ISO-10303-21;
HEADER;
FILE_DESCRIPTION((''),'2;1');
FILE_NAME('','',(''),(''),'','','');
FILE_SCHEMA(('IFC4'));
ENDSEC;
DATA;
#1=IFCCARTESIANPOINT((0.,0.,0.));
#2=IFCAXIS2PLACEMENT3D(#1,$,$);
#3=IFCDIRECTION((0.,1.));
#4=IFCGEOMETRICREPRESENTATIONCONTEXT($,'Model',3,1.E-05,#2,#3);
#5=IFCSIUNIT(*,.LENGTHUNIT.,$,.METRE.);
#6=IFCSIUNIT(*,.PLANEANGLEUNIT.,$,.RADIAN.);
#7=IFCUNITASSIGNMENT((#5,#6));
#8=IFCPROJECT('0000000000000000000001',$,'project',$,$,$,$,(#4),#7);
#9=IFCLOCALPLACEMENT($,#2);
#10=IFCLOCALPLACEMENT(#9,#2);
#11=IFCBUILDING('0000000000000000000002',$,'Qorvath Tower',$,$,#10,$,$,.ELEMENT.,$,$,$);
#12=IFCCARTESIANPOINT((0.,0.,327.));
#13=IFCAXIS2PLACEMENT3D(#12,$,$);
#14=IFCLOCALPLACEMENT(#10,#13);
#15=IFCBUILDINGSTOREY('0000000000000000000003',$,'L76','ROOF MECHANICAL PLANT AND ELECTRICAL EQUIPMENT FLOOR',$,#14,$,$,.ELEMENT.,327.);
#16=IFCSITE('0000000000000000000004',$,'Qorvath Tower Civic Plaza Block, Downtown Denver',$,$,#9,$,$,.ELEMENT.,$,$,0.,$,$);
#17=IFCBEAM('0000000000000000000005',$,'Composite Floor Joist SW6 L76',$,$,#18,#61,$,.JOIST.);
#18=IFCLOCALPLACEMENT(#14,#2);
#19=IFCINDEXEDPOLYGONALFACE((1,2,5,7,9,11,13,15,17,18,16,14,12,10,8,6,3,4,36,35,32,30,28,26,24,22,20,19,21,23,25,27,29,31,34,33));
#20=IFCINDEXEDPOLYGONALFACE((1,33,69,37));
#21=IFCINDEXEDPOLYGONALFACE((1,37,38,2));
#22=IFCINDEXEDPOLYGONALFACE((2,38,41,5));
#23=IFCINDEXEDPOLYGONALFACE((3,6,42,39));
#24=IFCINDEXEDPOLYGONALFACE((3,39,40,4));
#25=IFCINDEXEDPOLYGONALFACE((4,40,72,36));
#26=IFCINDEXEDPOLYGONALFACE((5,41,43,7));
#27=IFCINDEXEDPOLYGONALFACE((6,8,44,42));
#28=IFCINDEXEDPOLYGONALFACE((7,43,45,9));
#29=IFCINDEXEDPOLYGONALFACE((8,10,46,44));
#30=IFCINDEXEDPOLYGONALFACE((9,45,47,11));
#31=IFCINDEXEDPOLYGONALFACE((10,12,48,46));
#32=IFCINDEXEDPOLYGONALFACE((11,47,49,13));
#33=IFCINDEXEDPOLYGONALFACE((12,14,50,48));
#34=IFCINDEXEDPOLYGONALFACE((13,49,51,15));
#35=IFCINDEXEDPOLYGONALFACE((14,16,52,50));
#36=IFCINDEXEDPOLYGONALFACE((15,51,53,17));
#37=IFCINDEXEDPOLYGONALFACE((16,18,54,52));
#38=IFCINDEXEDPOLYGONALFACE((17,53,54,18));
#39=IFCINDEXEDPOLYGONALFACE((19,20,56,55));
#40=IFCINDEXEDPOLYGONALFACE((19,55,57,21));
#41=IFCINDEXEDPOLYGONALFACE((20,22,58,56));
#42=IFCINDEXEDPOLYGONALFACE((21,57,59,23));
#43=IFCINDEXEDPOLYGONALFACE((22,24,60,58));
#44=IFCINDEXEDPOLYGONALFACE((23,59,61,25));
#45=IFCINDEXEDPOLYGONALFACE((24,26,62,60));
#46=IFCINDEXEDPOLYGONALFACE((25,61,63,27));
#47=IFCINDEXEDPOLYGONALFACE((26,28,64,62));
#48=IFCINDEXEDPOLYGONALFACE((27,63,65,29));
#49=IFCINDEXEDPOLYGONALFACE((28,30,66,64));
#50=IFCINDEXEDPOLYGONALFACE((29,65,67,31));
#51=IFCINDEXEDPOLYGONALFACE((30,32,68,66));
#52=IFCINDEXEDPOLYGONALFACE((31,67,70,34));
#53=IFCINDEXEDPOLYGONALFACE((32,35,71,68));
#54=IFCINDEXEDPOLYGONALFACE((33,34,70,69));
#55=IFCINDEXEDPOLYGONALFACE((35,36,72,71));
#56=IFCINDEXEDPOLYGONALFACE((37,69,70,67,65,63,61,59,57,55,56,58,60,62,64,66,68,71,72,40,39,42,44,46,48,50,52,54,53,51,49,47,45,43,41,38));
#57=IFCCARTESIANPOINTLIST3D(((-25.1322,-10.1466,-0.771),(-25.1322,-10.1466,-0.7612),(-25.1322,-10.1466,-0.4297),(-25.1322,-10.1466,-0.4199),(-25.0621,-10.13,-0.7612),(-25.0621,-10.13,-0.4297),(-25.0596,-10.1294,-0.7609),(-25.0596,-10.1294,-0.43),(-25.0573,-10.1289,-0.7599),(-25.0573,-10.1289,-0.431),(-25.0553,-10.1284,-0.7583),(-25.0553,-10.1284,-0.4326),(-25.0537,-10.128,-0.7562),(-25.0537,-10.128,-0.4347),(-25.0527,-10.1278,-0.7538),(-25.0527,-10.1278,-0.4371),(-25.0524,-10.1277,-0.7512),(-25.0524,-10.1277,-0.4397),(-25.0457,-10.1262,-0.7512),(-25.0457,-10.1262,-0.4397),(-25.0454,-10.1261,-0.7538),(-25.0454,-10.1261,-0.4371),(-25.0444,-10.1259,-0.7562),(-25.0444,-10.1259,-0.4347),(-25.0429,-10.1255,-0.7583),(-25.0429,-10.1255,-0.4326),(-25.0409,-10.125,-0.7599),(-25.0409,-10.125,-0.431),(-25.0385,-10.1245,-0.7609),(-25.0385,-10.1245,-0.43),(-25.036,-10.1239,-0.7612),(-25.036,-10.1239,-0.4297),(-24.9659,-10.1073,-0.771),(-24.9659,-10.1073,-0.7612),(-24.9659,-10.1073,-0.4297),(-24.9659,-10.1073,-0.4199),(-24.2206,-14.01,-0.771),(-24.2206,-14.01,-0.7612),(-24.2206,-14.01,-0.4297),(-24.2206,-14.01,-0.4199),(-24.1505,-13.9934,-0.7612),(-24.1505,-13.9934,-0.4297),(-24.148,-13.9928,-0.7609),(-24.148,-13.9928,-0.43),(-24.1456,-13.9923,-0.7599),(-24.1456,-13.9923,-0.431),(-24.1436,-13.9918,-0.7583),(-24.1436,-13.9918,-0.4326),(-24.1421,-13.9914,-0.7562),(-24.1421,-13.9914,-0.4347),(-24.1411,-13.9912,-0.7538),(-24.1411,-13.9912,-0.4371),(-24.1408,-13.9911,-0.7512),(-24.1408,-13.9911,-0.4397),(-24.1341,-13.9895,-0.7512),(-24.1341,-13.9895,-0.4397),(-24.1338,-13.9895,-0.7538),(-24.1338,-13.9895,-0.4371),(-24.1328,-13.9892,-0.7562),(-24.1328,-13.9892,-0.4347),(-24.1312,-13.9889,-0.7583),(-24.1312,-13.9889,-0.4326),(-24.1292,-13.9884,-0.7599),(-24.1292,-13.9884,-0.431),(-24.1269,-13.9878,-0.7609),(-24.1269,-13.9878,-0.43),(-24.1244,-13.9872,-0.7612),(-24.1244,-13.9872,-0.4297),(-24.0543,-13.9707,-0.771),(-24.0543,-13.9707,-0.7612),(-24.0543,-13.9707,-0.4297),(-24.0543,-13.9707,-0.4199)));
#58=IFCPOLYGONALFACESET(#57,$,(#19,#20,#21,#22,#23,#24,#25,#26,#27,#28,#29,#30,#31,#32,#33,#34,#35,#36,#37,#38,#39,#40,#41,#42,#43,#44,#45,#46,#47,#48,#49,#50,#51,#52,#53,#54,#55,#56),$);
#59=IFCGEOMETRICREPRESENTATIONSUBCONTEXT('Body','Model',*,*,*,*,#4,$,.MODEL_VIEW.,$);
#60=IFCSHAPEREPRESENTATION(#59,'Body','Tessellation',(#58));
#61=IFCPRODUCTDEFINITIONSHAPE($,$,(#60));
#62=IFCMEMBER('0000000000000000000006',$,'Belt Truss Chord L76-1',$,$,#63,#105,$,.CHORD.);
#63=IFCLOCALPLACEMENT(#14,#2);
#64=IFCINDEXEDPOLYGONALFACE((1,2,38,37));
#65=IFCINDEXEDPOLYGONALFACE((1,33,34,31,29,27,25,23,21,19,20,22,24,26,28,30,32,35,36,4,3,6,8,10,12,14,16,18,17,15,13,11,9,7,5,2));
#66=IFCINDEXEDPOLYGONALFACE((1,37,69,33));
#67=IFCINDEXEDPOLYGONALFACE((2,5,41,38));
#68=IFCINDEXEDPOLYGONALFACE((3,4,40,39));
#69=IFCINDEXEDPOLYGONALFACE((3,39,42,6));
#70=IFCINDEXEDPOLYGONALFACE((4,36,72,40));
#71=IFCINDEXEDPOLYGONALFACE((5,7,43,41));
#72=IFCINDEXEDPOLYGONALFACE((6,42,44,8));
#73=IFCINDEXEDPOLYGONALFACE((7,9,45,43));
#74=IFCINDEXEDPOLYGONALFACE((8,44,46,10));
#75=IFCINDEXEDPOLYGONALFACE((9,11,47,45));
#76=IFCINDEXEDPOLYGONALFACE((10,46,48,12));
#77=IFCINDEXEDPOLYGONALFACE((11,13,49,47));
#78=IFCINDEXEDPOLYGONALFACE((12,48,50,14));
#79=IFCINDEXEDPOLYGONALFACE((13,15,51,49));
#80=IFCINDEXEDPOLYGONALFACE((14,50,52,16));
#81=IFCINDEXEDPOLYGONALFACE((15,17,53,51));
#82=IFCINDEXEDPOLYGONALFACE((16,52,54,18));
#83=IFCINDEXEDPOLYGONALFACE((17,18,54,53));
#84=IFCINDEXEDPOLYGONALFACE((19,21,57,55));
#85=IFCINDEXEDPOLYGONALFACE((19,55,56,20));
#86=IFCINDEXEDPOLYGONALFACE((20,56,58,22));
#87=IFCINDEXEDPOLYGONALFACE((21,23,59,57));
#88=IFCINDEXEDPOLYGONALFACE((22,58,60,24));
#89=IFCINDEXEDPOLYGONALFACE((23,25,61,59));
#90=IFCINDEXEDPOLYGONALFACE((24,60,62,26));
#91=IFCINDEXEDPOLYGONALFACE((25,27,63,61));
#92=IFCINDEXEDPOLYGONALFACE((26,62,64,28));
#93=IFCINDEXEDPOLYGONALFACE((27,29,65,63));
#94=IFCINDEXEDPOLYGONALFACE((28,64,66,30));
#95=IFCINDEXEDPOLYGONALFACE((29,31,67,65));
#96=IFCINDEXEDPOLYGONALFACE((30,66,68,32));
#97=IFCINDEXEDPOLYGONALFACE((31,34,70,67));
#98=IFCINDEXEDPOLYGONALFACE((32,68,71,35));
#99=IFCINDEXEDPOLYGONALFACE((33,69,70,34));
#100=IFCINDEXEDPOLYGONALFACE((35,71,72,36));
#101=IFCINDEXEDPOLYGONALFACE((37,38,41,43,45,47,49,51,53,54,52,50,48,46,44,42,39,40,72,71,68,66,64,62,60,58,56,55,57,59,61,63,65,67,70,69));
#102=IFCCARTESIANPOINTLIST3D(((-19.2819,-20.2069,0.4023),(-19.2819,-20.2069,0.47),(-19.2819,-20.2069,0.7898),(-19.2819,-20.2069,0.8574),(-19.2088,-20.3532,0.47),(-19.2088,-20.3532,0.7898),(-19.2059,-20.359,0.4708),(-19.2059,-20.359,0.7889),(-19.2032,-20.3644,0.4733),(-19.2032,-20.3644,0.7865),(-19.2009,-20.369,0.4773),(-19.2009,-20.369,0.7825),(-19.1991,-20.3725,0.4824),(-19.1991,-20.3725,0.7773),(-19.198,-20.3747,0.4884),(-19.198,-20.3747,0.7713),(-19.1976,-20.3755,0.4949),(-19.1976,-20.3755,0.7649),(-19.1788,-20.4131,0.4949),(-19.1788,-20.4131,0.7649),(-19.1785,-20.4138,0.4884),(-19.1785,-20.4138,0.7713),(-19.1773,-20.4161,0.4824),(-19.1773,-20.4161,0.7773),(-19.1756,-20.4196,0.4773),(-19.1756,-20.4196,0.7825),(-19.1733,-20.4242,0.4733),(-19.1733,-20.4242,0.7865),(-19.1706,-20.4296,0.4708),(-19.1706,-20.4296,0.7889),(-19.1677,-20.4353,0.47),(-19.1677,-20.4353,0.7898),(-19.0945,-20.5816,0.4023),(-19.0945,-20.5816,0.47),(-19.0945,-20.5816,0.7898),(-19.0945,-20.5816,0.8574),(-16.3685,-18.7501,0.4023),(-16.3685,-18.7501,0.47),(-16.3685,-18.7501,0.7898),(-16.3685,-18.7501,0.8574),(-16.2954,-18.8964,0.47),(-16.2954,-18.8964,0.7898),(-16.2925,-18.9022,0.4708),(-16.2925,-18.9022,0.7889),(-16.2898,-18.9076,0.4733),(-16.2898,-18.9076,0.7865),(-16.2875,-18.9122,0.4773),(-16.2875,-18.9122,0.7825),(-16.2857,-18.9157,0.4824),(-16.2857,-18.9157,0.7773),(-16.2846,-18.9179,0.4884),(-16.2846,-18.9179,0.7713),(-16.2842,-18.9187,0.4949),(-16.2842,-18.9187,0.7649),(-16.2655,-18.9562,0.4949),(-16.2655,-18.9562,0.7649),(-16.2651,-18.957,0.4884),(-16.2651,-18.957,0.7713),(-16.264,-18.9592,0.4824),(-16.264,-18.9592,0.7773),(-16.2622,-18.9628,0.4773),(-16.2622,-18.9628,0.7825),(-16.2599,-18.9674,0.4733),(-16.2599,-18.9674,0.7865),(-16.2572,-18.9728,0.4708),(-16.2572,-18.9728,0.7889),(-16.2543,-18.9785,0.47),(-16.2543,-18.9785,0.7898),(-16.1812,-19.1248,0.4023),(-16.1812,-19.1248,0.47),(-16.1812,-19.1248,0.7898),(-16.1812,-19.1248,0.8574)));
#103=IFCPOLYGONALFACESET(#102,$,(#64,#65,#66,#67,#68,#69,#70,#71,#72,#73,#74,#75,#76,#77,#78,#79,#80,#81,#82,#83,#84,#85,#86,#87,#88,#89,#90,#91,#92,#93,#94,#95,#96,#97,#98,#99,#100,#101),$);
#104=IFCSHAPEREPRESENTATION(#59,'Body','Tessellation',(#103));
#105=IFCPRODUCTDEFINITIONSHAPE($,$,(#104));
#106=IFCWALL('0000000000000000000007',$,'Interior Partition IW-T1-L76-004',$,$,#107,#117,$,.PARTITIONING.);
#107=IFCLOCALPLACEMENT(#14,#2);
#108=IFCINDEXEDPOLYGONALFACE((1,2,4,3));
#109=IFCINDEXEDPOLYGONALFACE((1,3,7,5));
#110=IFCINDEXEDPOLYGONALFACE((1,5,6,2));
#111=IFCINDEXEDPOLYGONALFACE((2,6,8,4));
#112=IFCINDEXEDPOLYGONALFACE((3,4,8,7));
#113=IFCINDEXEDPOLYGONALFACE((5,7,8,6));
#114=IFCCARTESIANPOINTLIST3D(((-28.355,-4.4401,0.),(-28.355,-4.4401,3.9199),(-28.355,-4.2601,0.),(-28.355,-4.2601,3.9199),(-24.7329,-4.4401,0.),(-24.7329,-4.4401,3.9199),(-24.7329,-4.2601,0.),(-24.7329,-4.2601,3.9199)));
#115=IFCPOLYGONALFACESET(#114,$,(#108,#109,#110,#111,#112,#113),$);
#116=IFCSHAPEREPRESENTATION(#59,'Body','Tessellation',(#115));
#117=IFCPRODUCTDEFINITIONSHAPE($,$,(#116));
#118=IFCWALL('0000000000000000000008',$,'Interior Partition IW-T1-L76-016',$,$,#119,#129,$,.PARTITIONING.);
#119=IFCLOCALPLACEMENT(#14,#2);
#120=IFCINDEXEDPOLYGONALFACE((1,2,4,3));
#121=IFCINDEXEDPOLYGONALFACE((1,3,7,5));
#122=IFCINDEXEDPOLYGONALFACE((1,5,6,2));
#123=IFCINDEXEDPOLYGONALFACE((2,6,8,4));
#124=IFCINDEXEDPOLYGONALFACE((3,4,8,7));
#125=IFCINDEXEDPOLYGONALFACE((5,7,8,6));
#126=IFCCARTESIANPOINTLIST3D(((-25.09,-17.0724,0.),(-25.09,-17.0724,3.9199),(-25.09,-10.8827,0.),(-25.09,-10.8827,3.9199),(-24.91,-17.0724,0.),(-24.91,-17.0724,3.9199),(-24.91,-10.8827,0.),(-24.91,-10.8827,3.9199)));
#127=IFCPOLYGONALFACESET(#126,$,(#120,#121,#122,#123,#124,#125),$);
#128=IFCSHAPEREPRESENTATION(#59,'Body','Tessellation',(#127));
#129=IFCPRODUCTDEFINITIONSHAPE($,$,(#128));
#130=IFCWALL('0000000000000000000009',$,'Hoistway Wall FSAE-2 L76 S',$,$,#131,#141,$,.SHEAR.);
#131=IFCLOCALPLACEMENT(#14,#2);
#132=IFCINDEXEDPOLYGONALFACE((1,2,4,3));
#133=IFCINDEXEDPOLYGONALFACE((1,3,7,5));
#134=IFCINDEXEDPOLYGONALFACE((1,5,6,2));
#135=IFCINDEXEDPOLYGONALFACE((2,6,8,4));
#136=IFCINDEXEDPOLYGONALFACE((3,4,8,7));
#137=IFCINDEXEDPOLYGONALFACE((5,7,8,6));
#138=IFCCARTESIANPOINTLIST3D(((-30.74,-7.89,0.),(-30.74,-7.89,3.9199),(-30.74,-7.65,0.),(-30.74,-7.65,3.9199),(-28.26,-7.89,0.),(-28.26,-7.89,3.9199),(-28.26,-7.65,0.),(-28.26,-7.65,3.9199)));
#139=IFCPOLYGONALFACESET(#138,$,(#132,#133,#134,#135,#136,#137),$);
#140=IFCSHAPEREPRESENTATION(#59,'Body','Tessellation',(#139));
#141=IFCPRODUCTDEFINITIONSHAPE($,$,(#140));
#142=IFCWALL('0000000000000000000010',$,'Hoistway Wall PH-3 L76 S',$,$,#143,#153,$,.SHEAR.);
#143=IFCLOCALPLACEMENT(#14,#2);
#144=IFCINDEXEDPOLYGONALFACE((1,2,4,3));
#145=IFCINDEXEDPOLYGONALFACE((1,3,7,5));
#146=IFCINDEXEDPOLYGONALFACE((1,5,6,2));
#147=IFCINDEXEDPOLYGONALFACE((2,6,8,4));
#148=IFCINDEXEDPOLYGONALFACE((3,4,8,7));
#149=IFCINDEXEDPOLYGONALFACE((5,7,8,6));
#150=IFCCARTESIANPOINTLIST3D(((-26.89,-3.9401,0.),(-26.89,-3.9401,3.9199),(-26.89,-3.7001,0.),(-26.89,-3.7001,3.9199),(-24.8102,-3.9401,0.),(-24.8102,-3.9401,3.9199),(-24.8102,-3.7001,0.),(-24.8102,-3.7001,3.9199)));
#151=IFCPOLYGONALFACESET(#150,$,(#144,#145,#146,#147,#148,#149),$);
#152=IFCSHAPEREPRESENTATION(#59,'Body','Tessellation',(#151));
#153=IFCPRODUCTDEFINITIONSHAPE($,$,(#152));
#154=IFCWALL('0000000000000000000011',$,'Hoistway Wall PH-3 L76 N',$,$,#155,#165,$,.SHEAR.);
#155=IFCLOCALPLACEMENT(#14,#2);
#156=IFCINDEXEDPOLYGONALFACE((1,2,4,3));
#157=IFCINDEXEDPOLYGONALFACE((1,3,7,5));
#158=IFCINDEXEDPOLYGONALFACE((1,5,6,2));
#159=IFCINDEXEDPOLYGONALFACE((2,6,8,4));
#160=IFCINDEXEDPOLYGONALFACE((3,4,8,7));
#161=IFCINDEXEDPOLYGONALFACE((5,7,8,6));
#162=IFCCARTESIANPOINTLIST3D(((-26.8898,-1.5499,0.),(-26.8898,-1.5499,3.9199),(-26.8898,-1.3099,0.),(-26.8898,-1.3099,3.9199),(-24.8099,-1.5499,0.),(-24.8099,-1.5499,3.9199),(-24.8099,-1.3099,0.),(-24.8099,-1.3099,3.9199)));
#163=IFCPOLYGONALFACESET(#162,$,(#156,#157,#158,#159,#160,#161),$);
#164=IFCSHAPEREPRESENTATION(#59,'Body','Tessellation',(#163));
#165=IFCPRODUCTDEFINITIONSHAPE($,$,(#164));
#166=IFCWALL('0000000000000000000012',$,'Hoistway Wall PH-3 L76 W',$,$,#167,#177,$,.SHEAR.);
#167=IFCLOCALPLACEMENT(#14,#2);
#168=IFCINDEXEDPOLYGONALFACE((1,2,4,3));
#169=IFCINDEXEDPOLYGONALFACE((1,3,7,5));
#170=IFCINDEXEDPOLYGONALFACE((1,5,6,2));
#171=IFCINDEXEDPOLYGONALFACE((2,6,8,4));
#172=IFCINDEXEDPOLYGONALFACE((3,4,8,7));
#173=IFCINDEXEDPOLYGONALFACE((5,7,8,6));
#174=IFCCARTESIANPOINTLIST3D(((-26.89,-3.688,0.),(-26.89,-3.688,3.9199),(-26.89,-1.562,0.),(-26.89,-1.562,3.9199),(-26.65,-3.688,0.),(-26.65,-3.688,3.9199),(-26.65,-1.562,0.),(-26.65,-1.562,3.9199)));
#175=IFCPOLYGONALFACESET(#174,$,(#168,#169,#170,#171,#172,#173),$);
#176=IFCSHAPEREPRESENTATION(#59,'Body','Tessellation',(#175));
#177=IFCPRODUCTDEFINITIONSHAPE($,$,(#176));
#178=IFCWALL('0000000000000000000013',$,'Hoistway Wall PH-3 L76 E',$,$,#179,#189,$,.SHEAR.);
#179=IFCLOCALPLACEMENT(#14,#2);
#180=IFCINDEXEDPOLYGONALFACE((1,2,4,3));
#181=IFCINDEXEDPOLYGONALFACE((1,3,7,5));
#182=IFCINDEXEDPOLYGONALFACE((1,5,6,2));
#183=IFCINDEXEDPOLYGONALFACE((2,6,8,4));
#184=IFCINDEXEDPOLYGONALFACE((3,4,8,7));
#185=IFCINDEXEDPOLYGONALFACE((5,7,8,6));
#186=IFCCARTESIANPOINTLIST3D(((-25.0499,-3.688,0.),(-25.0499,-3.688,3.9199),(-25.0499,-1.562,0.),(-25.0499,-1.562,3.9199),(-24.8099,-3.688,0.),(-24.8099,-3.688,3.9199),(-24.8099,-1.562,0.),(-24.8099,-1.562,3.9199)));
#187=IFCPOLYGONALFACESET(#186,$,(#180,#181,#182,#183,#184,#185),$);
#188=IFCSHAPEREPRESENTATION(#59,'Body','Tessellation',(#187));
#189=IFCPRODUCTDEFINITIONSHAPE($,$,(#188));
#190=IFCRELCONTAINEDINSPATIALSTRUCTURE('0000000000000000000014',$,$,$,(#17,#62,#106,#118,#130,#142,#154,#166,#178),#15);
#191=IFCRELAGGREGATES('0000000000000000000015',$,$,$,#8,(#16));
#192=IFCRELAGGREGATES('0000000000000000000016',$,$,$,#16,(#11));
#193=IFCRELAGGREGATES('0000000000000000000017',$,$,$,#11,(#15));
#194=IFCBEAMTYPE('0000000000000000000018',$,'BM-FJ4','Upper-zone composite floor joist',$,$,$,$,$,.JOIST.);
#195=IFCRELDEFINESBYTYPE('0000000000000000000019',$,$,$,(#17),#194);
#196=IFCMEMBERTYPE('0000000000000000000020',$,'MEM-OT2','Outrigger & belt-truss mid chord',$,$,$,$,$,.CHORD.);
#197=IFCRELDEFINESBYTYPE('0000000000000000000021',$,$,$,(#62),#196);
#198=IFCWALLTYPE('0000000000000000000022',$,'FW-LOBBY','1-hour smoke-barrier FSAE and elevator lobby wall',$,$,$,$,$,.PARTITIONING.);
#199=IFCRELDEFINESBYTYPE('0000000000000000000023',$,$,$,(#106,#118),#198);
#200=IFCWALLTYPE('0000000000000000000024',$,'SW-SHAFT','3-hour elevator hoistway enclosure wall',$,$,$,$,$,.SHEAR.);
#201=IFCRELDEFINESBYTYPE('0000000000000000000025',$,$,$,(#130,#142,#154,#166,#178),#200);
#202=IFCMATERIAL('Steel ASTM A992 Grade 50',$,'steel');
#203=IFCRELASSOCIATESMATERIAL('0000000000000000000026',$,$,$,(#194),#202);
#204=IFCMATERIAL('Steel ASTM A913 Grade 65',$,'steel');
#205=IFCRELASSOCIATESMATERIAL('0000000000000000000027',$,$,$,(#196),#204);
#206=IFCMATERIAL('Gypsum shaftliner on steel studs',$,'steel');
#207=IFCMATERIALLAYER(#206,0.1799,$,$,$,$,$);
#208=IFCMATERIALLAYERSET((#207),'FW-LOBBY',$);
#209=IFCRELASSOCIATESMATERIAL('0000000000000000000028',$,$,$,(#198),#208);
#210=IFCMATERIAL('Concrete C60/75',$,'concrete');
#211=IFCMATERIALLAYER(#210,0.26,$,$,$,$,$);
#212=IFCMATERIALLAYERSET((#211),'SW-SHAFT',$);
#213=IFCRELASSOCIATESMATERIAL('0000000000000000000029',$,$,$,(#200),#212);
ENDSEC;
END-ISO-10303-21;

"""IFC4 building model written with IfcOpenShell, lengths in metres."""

from ifc_helpers import new_model, si_unit, direction, frame, frame_2d, origin, origin_2d, place, context, subcontext, project, spatial, rectangle, i_section, extrude, material, layer, layer_set, material_profile, profile_set, type_object, element, save


model = new_model("IFC4")

# Units and contexts
model_context = context("Model", 3, precision=1e-05, world=origin(), true_north=direction((0.0, 1.0)))
body_context = subcontext(model_context, "Body", "Model", "MODEL_VIEW")
ifc_project = project(units=[si_unit("LENGTHUNIT", "METRE"), si_unit("PLANEANGLEUNIT", "RADIAN")], contexts=[model_context])

# Site, building, storey
site_placement = place(None, origin())
site = spatial("IfcSite", under=ifc_project, at=site_placement, Name="Qorvath Tower Civic Plaza Block, Downtown Denver", CompositionType="ELEMENT", RefElevation=0.0)
building_placement = place(site_placement, origin())
building = spatial("IfcBuilding", under=site, at=building_placement, Name="Qorvath Tower", CompositionType="ELEMENT")
storey_placement = place(building_placement, frame((0.0, 0.0, 327.0)))
storey = spatial("IfcBuildingStorey", under=building, at=storey_placement, Name="L76", Description="ROOF MECHANICAL PLANT AND ELECTRICAL EQUIPMENT FLOOR", CompositionType="ELEMENT", Elevation=327.0)

# Beam
ifc_material_1 = material(Name="Steel ASTM A992 Grade 50", Category="steel")
ifc_material_profile_1 = material_profile(ifc_material_1, i_section(OverallWidth=0.1709, OverallDepth=0.3511, WebThickness=0.0068, FlangeThickness=0.0098, FilletRadius=0.01, at=origin_2d()), Name="W14x30")
ifc_profile_set_1 = profile_set([ifc_material_profile_1], Name="Steel ASTM A992 Grade 50")
beam_type_1 = type_object("IfcBeamType", Name="BM-FJ4", Description="Upper-zone composite floor joist", PredefinedType="JOIST", material=ifc_profile_set_1)
beam_1_placement = place(storey_placement, frame((-25.0491, -10.127, -0.5955), z_axis=(0.229663, -0.97327, 0.0), x_axis=(0.97327, 0.229663, 0.0)))
element("IfcBeam", 1, at=beam_1_placement, inside=storey, type_object=beam_type_1, Name="Composite Floor Joist SW6 L76", PredefinedType="JOIST", context=body_context, shape_type="SweptSolid", body=[
    extrude(i_section(OverallWidth=0.1709, OverallDepth=0.3511, WebThickness=0.0068, FlangeThickness=0.0098, FilletRadius=0.01, at=origin_2d()), origin(), (0.0, 0.0, 1.0), 3.9695),
])

# Member
ifc_material_2 = material(Name="Steel ASTM A913 Grade 65", Category="steel")
ifc_material_profile_2 = material_profile(ifc_material_2, i_section(OverallWidth=0.4189, OverallDepth=0.4551, WebThickness=0.042, FlangeThickness=0.0676, FilletRadius=0.0249, at=origin_2d()), Name="W14x370")
ifc_profile_set_2 = profile_set([ifc_material_profile_2], Name="Steel ASTM A913 Grade 65")
member_type = type_object("IfcMemberType", Name="MEM-OT2", Description="Outrigger & belt-truss mid chord", PredefinedType="CHORD", material=ifc_profile_set_2)
member_placement = place(storey_placement, frame((-19.1882, -20.3943, 0.6299), z_axis=(0.894412, 0.447244, 0.0), x_axis=(-0.447244, 0.894412, 0.0)))
element("IfcMember", 2, at=member_placement, inside=storey, type_object=member_type, Name="Belt Truss Chord L76-1", PredefinedType="CHORD", context=body_context, shape_type="SweptSolid", body=[
    extrude(i_section(OverallWidth=0.4189, OverallDepth=0.4551, WebThickness=0.042, FlangeThickness=0.0676, FilletRadius=0.0249, at=origin_2d()), origin(), (0.0, 0.0, 1.0), 3.2573),
])

# Walls
ifc_material_3 = material(Name="Gypsum shaftliner on steel studs", Category="steel")
ifc_layer_1 = layer(ifc_material_3, 0.1799)
ifc_layer_set_1 = layer_set([ifc_layer_1], Name="FW-LOBBY")
wall_type_1 = type_object("IfcWallType", Name="FW-LOBBY", Description="1-hour smoke-barrier FSAE and elevator lobby wall", PredefinedType="PARTITIONING", material=ifc_layer_set_1)
wall_1_placement = place(storey_placement, frame((-24.7329, -4.3501, 0.0), z_axis=(0.0, 0.0, 1.0), x_axis=(-1.0, 0.0, 0.0)))
element("IfcWall", 3, at=wall_1_placement, inside=storey, type_object=wall_type_1, Name="Interior Partition IW-T1-L76-004", PredefinedType="PARTITIONING", context=body_context, shape_type="SweptSolid", body=[
    extrude(rectangle(XDim=3.6221, YDim=0.1799, at=frame_2d((1.811, 0.0))), origin(), (0.0, 0.0, 1.0), 3.9199),
])
wall_2_placement = place(storey_placement, frame((-25.0, -10.8828, 0.0), z_axis=(0.0, 0.0, 1.0), x_axis=(0.0, -1.0, 0.0)))
element("IfcWall", 4, at=wall_2_placement, inside=storey, type_object=wall_type_1, Name="Interior Partition IW-T1-L76-016", PredefinedType="PARTITIONING", context=body_context, shape_type="SweptSolid", body=[
    extrude(rectangle(XDim=6.1897, YDim=0.1799, at=frame_2d((3.0947, 0.0))), origin(), (0.0, 0.0, 1.0), 3.9199),
])
ifc_material_4 = material(Name="Concrete C60/75", Category="concrete")
ifc_layer_2 = layer(ifc_material_4, 0.26)
ifc_layer_set_2 = layer_set([ifc_layer_2], Name="SW-SHAFT")
wall_type_2 = type_object("IfcWallType", Name="SW-SHAFT", Description="3-hour elevator hoistway enclosure wall", PredefinedType="SHEAR", material=ifc_layer_set_2)
wall_3_placement = place(storey_placement, frame((-28.26, -7.77, 0.0), z_axis=(0.0, 0.0, 1.0), x_axis=(-1.0, 0.0, 0.0)))
element("IfcWall", 5, at=wall_3_placement, inside=storey, type_object=wall_type_2, Name="Hoistway Wall FSAE-2 L76 S", PredefinedType="SHEAR", context=body_context, shape_type="SweptSolid", body=[
    extrude(rectangle(XDim=2.48, YDim=0.24, at=frame_2d((1.24, 0.0))), origin(), (0.0, 0.0, 1.0), 3.9199),
])
for number, where, z_axis, x_axis, name in (
    (6, (-24.8101, -3.8201, 0.0), (0.0, 0.0, 1.0), (-1.0, 0.0, 0.0), "Hoistway Wall PH-3 L76 S"),
    (7, (-26.8899, -1.4299, 0.0), (0.0, 0.0, 1.0), (1.0, 0.0, 0.0), "Hoistway Wall PH-3 L76 N"),
):
    element("IfcWall", number, at=place(storey_placement, frame(where, z_axis=z_axis, x_axis=x_axis)), inside=storey, type_object=wall_type_2, Name=name, PredefinedType="SHEAR", context=body_context, shape_type="SweptSolid", body=[
        extrude(rectangle(XDim=2.0798, YDim=0.24, at=frame_2d((1.04, 0.0))), origin(), (0.0, 0.0, 1.0), 3.9199),
    ])
for number, where, z_axis, x_axis, name in (
    (8, (-26.77, -3.688, 0.0), (0.0, 0.0, 1.0), (0.0, 1.0, 0.0), "Hoistway Wall PH-3 L76 W"),
    (9, (-24.9299, -1.562, 0.0), (0.0, 0.0, 1.0), (0.0, -1.0, 0.0), "Hoistway Wall PH-3 L76 E"),
):
    element("IfcWall", number, at=place(storey_placement, frame(where, z_axis=z_axis, x_axis=x_axis)), inside=storey, type_object=wall_type_2, Name=name, PredefinedType="SHEAR", context=body_context, shape_type="SweptSolid", body=[
        extrude(rectangle(XDim=2.126, YDim=0.24, at=frame_2d((1.063, 0.0))), origin(), (0.0, 0.0, 1.0), 3.9199),
    ])

save(model, "model.ifc")
